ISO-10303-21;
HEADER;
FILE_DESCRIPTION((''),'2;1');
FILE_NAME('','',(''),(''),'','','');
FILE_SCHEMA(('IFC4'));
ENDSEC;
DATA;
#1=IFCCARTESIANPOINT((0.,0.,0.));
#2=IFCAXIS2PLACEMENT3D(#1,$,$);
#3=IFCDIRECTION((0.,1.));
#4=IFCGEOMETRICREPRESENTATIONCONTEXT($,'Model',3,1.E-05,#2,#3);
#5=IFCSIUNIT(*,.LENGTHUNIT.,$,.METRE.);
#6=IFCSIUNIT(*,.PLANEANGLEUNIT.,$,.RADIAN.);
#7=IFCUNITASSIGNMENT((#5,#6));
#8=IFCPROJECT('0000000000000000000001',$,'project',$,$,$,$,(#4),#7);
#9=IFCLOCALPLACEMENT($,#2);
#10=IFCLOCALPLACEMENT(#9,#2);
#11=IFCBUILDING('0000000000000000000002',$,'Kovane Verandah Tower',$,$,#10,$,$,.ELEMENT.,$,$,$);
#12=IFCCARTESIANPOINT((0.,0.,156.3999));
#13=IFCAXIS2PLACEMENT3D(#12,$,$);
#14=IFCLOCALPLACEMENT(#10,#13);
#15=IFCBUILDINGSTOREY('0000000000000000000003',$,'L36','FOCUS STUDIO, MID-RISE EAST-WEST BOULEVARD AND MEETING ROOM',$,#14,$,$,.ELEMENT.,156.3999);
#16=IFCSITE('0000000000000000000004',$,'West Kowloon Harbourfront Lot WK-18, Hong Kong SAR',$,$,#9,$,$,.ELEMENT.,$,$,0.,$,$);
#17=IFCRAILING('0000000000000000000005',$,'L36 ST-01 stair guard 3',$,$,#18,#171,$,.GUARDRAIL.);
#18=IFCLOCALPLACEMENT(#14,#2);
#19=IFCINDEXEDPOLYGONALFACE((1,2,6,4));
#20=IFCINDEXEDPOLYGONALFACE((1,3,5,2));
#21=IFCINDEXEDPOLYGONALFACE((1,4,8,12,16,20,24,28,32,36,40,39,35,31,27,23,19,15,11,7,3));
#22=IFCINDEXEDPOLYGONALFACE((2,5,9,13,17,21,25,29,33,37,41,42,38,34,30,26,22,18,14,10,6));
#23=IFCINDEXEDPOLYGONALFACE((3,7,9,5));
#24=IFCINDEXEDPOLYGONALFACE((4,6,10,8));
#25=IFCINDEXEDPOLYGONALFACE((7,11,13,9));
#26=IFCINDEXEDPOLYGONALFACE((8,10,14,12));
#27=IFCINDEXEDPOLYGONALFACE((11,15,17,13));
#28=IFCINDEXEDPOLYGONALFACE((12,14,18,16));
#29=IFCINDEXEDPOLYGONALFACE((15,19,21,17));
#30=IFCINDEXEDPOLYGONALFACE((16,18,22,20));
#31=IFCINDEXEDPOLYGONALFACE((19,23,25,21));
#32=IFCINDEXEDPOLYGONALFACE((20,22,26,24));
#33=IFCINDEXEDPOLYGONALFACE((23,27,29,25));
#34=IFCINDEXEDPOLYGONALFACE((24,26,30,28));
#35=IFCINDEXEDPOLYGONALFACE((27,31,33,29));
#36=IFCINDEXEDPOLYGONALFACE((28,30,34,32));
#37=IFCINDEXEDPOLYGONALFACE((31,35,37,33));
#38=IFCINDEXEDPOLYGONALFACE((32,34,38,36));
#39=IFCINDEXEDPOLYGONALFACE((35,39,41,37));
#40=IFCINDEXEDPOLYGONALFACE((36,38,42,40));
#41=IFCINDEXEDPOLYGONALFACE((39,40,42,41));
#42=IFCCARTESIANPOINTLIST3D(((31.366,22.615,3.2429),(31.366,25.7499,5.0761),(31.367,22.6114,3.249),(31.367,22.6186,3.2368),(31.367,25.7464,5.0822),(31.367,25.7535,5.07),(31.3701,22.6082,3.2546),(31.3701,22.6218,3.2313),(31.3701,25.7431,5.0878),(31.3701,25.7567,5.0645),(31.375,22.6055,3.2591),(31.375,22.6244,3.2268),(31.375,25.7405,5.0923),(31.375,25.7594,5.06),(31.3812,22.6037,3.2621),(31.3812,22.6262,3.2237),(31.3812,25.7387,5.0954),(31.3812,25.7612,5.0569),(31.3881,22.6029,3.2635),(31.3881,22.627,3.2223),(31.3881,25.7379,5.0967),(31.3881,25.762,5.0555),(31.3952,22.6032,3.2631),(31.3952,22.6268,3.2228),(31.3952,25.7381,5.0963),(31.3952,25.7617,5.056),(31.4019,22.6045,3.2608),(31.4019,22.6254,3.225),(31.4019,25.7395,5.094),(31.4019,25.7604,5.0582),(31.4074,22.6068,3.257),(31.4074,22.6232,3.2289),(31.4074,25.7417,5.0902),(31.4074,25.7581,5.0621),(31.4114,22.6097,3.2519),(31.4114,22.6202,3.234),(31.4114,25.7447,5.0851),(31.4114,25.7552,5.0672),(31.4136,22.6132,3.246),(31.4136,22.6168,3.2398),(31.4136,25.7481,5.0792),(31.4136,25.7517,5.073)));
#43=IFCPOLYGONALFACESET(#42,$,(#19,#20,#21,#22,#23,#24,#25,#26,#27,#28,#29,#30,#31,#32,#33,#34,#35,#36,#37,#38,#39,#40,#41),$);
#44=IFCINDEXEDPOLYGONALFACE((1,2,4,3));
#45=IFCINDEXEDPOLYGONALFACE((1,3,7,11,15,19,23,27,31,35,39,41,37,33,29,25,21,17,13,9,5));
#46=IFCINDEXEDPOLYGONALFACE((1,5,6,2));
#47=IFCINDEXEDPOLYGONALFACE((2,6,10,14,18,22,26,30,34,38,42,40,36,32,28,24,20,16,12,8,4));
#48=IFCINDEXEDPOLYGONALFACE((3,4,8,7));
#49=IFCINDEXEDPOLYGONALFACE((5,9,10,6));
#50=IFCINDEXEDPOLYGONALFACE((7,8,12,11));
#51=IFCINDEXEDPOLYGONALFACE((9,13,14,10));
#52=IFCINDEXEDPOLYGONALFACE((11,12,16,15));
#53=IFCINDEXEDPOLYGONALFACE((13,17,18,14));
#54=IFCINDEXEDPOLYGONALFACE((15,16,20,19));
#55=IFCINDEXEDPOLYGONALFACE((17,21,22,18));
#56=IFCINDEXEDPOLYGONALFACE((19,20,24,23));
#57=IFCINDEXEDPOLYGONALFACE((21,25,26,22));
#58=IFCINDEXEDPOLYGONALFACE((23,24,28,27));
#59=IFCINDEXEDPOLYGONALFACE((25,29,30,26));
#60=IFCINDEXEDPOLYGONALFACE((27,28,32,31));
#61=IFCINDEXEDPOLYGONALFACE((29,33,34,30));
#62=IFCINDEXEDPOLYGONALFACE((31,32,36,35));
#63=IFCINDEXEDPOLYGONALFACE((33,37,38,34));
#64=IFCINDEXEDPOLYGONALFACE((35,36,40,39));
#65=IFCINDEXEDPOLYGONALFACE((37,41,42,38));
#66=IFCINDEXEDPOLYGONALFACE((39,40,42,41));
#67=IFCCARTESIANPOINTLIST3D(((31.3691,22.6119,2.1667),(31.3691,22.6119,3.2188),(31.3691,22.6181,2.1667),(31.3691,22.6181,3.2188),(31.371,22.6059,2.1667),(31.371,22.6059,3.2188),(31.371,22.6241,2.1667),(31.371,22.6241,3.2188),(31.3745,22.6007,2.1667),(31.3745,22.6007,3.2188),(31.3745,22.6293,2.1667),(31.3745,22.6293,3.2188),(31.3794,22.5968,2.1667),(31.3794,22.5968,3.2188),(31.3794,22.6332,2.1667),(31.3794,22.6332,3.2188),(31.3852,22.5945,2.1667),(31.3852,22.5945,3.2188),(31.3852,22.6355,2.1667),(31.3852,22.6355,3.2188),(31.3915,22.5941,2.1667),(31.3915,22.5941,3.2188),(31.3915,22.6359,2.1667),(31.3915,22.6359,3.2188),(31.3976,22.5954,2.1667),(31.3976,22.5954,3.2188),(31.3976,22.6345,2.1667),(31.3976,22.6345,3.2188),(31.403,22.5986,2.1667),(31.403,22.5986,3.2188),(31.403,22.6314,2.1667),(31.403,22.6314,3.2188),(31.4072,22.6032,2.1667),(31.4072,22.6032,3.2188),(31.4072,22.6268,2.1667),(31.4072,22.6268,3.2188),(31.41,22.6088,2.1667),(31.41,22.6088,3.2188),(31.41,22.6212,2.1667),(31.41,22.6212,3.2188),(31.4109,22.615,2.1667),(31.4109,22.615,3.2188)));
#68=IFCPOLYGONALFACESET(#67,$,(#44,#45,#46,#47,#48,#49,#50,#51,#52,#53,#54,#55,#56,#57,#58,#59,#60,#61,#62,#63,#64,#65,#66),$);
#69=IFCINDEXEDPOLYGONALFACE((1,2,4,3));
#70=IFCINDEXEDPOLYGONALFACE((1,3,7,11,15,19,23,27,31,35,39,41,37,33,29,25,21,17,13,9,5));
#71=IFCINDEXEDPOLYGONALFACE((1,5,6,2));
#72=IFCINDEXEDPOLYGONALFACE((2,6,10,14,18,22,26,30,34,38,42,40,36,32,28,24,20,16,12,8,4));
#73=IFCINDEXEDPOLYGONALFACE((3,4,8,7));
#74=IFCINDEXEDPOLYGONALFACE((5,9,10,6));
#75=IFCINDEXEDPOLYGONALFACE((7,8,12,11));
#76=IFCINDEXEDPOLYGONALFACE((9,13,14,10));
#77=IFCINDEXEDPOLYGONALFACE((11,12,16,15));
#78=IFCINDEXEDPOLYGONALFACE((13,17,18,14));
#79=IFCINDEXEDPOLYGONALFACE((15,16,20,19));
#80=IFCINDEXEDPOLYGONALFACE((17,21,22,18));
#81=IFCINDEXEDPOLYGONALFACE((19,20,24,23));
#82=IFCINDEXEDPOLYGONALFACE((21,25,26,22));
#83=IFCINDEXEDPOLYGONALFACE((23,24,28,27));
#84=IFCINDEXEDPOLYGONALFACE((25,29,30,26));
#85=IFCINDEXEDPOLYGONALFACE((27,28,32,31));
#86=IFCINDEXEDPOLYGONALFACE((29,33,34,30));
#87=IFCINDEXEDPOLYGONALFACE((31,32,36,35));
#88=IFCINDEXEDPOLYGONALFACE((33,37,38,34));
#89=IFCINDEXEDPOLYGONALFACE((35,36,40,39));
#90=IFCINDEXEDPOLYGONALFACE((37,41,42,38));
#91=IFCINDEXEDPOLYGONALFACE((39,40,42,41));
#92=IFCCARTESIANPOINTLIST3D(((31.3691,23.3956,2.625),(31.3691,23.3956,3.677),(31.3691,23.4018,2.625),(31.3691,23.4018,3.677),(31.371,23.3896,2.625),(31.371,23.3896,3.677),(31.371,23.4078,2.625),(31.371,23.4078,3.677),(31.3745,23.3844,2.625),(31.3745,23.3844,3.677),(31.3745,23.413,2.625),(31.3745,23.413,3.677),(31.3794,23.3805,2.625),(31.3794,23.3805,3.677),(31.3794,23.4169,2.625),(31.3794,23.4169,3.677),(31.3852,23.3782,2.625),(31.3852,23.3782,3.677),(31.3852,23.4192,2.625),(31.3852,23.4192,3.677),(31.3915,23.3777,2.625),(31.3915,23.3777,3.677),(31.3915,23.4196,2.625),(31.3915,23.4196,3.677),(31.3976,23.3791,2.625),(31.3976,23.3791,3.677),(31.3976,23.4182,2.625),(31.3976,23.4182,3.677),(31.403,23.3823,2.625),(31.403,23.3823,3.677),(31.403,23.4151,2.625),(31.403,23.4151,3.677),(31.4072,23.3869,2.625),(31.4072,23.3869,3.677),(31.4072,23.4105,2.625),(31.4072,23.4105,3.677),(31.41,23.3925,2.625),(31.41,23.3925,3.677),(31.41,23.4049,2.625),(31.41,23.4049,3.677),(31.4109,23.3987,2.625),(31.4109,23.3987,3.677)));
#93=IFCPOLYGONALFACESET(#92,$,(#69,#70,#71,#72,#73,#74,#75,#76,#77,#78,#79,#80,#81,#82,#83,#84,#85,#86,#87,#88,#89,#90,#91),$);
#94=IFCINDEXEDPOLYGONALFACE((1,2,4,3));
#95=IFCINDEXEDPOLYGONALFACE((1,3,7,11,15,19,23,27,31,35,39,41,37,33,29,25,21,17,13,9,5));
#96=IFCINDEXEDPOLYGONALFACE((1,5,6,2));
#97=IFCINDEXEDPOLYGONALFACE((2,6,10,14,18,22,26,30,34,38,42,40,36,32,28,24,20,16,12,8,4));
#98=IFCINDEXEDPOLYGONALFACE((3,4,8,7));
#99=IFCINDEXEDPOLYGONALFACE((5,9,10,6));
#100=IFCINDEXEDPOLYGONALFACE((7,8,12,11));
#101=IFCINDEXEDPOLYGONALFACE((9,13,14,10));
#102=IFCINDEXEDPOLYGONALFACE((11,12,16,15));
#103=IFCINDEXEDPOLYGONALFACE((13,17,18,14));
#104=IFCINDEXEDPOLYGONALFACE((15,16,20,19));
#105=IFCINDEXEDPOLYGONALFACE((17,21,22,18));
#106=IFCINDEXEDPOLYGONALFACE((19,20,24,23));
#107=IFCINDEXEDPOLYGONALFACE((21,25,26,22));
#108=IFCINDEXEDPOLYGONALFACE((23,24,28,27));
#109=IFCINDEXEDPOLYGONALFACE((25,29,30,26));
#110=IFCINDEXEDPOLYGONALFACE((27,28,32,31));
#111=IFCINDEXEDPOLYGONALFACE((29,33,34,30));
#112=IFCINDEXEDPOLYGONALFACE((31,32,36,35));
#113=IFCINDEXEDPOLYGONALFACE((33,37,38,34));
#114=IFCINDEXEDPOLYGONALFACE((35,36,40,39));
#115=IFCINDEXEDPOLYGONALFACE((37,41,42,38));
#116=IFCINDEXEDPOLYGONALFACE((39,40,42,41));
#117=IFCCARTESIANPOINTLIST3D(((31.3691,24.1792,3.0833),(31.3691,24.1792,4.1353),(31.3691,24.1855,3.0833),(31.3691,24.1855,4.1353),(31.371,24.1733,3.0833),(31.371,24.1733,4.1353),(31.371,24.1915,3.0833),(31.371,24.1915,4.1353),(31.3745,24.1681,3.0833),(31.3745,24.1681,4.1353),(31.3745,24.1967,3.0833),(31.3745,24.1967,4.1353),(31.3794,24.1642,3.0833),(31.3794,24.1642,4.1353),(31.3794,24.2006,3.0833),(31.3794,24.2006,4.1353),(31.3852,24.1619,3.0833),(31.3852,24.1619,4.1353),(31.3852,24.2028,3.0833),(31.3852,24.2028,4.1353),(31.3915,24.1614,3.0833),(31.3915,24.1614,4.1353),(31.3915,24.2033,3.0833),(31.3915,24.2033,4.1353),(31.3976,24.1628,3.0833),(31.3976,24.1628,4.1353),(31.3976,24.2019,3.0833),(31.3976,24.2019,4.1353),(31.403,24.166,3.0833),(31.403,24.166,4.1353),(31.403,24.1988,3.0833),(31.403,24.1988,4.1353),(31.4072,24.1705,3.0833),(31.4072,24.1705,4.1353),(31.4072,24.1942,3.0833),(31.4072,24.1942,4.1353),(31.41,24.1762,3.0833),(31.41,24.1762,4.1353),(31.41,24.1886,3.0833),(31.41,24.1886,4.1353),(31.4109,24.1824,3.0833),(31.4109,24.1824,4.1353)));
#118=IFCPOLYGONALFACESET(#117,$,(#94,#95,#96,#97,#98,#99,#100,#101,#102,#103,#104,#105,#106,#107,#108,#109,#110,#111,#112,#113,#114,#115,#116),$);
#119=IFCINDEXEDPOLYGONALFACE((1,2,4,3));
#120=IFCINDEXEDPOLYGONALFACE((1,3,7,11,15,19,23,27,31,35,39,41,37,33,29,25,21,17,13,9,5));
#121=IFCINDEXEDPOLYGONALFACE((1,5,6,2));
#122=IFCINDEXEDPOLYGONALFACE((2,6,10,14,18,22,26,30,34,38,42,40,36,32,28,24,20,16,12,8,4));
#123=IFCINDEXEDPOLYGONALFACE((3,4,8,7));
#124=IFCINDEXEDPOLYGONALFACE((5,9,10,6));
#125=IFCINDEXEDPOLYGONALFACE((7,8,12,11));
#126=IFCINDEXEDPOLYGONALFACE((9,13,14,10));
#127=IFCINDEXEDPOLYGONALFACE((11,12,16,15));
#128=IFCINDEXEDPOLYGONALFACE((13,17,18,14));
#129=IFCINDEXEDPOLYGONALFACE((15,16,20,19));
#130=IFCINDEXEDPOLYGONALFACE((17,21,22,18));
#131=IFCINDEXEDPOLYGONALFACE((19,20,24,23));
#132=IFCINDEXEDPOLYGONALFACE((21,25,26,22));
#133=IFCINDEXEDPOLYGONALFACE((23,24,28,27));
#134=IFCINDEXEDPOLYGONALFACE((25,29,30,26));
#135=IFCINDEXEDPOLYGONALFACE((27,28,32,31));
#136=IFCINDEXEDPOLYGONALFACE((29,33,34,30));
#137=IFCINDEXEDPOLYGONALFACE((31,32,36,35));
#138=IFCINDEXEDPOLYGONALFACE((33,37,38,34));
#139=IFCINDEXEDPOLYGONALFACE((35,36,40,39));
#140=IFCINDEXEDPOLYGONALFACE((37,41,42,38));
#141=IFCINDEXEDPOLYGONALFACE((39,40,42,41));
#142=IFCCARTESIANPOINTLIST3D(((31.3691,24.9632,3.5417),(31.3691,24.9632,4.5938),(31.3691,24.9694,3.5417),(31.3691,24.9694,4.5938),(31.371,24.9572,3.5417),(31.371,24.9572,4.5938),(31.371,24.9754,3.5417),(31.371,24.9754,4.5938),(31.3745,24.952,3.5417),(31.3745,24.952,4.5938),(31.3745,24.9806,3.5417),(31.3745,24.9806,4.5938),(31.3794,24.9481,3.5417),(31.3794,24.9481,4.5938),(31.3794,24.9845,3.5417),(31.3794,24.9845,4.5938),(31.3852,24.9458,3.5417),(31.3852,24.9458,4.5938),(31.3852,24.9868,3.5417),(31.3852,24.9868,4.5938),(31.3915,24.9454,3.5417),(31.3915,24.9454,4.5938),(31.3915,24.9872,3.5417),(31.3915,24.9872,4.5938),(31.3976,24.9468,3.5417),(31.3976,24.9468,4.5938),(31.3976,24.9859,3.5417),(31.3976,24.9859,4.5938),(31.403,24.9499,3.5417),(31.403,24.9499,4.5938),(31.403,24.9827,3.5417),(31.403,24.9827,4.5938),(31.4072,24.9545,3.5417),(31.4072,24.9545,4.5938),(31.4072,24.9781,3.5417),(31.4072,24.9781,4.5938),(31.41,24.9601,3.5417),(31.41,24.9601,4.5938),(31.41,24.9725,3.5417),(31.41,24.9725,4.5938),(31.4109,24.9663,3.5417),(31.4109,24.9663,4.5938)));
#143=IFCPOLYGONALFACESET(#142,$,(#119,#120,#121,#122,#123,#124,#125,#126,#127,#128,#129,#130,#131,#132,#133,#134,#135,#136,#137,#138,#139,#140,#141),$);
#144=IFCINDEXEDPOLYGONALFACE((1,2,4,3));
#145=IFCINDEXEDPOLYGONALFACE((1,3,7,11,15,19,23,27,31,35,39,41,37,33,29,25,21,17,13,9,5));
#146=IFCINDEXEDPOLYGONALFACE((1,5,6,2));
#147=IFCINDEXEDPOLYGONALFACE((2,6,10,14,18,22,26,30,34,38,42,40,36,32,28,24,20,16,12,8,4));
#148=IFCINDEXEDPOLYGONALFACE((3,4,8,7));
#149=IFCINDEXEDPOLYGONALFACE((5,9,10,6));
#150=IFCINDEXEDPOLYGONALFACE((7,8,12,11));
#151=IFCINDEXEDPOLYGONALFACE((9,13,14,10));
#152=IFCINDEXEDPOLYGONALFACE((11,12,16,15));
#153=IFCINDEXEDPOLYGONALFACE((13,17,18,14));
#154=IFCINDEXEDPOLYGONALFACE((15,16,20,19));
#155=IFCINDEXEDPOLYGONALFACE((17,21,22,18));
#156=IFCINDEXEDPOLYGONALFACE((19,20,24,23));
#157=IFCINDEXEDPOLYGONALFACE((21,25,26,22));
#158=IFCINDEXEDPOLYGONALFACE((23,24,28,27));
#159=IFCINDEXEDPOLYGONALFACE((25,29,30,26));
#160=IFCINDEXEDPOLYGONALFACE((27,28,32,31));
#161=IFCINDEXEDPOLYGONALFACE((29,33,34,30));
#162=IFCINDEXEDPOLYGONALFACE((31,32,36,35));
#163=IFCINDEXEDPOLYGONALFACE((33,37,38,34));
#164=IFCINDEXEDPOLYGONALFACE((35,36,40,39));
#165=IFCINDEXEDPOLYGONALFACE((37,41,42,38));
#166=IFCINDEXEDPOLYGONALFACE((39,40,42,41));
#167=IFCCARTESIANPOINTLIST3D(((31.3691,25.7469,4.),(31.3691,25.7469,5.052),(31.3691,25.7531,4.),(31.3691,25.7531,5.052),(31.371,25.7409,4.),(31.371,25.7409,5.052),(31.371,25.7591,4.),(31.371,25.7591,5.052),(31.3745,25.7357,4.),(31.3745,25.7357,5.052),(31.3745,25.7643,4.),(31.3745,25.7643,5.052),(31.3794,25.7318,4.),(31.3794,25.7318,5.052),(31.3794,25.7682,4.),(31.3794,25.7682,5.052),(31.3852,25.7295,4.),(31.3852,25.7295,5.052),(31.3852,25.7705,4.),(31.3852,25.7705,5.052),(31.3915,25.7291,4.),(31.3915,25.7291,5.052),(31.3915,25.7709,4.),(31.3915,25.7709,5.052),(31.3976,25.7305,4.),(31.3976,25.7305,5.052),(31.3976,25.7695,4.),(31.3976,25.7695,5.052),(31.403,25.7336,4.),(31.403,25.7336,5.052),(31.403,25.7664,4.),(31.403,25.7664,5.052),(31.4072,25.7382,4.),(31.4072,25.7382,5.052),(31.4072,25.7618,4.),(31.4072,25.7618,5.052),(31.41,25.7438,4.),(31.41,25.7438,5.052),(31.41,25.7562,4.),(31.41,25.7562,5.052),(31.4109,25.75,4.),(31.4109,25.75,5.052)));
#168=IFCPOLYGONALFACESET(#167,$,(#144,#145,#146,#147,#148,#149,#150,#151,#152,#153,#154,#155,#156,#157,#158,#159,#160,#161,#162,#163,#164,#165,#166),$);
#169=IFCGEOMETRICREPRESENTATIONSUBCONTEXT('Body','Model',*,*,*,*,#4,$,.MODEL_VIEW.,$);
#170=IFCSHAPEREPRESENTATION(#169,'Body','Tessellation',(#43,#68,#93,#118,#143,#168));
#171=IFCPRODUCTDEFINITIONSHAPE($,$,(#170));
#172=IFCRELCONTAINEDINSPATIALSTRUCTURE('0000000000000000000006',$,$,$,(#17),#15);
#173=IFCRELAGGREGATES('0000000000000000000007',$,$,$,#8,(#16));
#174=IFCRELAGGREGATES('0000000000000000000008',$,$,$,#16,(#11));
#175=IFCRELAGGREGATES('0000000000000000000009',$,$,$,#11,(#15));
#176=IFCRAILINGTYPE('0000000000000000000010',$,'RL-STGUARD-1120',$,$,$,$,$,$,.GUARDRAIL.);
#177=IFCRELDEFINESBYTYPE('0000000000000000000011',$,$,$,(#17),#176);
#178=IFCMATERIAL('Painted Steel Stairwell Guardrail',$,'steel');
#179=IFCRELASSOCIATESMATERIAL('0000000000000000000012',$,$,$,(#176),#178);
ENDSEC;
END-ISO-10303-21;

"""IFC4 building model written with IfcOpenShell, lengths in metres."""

from ifc_helpers import new_model, si_unit, direction, frame, origin, origin_2d, place, context, subcontext, project, spatial, circle, extrude, material, type_object, element, save


model = new_model("IFC4")

# Units and contexts
model_context = context("Model", 3, precision=1e-05, world=origin(), true_north=direction((0.0, 1.0)))
body_context = subcontext(model_context, "Body", "Model", "MODEL_VIEW")
ifc_project = project(units=[si_unit("LENGTHUNIT", "METRE"), si_unit("PLANEANGLEUNIT", "RADIAN")], contexts=[model_context])

# Site, building, storey
site_placement = place(None, origin())
site = spatial("IfcSite", under=ifc_project, at=site_placement, Name="West Kowloon Harbourfront Lot WK-18, Hong Kong SAR", CompositionType="ELEMENT", RefElevation=0.0)
building_placement = place(site_placement, origin())
building = spatial("IfcBuilding", under=site, at=building_placement, Name="Kovane Verandah Tower", CompositionType="ELEMENT")
storey_placement = place(building_placement, frame((0.0, 0.0, 156.3999)))
storey = spatial("IfcBuildingStorey", under=building, at=storey_placement, Name="L36", Description="FOCUS STUDIO, MID-RISE EAST-WEST BOULEVARD AND MEETING ROOM", CompositionType="ELEMENT", Elevation=156.3999)

# Railing
ifc_material_1 = material(Name="Painted Steel Stairwell Guardrail", Category="steel")
railing_type_1 = type_object("IfcRailingType", Name="RL-STGUARD-1120", PredefinedType="GUARDRAIL", material=ifc_material_1)
railing_1_placement = place(storey_placement, frame((31.3899, 22.615, 2.1667)))
element("IfcRailing", 1, at=railing_1_placement, inside=storey, type_object=railing_type_1, Name="L36 ST-01 stair guard 3", PredefinedType="GUARDRAIL", context=body_context, shape_type="SweptSolid", body=[
    extrude(circle(Radius=0.0239, at=origin_2d()), frame((0.0, 0.0, 1.0762), z_axis=(0.0, 0.86324, 0.504794), x_axis=(-1.0, 0.0, 0.0)), (0.0, 0.0, 1.0), 3.6316),
    extrude(circle(Radius=0.021, at=origin_2d()), origin(), (0.0, 0.0, 1.0), 1.052),
    extrude(circle(Radius=0.021, at=origin_2d()), frame((0.0, 0.7837, 0.4583)), (0.0, 0.0, 1.0), 1.052),
    extrude(circle(Radius=0.021, at=origin_2d()), frame((0.0, 1.5674, 0.9165)), (0.0, 0.0, 1.0), 1.052),
    extrude(circle(Radius=0.021, at=origin_2d()), frame((0.0, 2.3513, 1.375)), (0.0, 0.0, 1.0), 1.052),
    extrude(circle(Radius=0.021, at=origin_2d()), frame((0.0, 3.135, 1.8333)), (0.0, 0.0, 1.0), 1.052),
])

save(model, "model.ifc")
